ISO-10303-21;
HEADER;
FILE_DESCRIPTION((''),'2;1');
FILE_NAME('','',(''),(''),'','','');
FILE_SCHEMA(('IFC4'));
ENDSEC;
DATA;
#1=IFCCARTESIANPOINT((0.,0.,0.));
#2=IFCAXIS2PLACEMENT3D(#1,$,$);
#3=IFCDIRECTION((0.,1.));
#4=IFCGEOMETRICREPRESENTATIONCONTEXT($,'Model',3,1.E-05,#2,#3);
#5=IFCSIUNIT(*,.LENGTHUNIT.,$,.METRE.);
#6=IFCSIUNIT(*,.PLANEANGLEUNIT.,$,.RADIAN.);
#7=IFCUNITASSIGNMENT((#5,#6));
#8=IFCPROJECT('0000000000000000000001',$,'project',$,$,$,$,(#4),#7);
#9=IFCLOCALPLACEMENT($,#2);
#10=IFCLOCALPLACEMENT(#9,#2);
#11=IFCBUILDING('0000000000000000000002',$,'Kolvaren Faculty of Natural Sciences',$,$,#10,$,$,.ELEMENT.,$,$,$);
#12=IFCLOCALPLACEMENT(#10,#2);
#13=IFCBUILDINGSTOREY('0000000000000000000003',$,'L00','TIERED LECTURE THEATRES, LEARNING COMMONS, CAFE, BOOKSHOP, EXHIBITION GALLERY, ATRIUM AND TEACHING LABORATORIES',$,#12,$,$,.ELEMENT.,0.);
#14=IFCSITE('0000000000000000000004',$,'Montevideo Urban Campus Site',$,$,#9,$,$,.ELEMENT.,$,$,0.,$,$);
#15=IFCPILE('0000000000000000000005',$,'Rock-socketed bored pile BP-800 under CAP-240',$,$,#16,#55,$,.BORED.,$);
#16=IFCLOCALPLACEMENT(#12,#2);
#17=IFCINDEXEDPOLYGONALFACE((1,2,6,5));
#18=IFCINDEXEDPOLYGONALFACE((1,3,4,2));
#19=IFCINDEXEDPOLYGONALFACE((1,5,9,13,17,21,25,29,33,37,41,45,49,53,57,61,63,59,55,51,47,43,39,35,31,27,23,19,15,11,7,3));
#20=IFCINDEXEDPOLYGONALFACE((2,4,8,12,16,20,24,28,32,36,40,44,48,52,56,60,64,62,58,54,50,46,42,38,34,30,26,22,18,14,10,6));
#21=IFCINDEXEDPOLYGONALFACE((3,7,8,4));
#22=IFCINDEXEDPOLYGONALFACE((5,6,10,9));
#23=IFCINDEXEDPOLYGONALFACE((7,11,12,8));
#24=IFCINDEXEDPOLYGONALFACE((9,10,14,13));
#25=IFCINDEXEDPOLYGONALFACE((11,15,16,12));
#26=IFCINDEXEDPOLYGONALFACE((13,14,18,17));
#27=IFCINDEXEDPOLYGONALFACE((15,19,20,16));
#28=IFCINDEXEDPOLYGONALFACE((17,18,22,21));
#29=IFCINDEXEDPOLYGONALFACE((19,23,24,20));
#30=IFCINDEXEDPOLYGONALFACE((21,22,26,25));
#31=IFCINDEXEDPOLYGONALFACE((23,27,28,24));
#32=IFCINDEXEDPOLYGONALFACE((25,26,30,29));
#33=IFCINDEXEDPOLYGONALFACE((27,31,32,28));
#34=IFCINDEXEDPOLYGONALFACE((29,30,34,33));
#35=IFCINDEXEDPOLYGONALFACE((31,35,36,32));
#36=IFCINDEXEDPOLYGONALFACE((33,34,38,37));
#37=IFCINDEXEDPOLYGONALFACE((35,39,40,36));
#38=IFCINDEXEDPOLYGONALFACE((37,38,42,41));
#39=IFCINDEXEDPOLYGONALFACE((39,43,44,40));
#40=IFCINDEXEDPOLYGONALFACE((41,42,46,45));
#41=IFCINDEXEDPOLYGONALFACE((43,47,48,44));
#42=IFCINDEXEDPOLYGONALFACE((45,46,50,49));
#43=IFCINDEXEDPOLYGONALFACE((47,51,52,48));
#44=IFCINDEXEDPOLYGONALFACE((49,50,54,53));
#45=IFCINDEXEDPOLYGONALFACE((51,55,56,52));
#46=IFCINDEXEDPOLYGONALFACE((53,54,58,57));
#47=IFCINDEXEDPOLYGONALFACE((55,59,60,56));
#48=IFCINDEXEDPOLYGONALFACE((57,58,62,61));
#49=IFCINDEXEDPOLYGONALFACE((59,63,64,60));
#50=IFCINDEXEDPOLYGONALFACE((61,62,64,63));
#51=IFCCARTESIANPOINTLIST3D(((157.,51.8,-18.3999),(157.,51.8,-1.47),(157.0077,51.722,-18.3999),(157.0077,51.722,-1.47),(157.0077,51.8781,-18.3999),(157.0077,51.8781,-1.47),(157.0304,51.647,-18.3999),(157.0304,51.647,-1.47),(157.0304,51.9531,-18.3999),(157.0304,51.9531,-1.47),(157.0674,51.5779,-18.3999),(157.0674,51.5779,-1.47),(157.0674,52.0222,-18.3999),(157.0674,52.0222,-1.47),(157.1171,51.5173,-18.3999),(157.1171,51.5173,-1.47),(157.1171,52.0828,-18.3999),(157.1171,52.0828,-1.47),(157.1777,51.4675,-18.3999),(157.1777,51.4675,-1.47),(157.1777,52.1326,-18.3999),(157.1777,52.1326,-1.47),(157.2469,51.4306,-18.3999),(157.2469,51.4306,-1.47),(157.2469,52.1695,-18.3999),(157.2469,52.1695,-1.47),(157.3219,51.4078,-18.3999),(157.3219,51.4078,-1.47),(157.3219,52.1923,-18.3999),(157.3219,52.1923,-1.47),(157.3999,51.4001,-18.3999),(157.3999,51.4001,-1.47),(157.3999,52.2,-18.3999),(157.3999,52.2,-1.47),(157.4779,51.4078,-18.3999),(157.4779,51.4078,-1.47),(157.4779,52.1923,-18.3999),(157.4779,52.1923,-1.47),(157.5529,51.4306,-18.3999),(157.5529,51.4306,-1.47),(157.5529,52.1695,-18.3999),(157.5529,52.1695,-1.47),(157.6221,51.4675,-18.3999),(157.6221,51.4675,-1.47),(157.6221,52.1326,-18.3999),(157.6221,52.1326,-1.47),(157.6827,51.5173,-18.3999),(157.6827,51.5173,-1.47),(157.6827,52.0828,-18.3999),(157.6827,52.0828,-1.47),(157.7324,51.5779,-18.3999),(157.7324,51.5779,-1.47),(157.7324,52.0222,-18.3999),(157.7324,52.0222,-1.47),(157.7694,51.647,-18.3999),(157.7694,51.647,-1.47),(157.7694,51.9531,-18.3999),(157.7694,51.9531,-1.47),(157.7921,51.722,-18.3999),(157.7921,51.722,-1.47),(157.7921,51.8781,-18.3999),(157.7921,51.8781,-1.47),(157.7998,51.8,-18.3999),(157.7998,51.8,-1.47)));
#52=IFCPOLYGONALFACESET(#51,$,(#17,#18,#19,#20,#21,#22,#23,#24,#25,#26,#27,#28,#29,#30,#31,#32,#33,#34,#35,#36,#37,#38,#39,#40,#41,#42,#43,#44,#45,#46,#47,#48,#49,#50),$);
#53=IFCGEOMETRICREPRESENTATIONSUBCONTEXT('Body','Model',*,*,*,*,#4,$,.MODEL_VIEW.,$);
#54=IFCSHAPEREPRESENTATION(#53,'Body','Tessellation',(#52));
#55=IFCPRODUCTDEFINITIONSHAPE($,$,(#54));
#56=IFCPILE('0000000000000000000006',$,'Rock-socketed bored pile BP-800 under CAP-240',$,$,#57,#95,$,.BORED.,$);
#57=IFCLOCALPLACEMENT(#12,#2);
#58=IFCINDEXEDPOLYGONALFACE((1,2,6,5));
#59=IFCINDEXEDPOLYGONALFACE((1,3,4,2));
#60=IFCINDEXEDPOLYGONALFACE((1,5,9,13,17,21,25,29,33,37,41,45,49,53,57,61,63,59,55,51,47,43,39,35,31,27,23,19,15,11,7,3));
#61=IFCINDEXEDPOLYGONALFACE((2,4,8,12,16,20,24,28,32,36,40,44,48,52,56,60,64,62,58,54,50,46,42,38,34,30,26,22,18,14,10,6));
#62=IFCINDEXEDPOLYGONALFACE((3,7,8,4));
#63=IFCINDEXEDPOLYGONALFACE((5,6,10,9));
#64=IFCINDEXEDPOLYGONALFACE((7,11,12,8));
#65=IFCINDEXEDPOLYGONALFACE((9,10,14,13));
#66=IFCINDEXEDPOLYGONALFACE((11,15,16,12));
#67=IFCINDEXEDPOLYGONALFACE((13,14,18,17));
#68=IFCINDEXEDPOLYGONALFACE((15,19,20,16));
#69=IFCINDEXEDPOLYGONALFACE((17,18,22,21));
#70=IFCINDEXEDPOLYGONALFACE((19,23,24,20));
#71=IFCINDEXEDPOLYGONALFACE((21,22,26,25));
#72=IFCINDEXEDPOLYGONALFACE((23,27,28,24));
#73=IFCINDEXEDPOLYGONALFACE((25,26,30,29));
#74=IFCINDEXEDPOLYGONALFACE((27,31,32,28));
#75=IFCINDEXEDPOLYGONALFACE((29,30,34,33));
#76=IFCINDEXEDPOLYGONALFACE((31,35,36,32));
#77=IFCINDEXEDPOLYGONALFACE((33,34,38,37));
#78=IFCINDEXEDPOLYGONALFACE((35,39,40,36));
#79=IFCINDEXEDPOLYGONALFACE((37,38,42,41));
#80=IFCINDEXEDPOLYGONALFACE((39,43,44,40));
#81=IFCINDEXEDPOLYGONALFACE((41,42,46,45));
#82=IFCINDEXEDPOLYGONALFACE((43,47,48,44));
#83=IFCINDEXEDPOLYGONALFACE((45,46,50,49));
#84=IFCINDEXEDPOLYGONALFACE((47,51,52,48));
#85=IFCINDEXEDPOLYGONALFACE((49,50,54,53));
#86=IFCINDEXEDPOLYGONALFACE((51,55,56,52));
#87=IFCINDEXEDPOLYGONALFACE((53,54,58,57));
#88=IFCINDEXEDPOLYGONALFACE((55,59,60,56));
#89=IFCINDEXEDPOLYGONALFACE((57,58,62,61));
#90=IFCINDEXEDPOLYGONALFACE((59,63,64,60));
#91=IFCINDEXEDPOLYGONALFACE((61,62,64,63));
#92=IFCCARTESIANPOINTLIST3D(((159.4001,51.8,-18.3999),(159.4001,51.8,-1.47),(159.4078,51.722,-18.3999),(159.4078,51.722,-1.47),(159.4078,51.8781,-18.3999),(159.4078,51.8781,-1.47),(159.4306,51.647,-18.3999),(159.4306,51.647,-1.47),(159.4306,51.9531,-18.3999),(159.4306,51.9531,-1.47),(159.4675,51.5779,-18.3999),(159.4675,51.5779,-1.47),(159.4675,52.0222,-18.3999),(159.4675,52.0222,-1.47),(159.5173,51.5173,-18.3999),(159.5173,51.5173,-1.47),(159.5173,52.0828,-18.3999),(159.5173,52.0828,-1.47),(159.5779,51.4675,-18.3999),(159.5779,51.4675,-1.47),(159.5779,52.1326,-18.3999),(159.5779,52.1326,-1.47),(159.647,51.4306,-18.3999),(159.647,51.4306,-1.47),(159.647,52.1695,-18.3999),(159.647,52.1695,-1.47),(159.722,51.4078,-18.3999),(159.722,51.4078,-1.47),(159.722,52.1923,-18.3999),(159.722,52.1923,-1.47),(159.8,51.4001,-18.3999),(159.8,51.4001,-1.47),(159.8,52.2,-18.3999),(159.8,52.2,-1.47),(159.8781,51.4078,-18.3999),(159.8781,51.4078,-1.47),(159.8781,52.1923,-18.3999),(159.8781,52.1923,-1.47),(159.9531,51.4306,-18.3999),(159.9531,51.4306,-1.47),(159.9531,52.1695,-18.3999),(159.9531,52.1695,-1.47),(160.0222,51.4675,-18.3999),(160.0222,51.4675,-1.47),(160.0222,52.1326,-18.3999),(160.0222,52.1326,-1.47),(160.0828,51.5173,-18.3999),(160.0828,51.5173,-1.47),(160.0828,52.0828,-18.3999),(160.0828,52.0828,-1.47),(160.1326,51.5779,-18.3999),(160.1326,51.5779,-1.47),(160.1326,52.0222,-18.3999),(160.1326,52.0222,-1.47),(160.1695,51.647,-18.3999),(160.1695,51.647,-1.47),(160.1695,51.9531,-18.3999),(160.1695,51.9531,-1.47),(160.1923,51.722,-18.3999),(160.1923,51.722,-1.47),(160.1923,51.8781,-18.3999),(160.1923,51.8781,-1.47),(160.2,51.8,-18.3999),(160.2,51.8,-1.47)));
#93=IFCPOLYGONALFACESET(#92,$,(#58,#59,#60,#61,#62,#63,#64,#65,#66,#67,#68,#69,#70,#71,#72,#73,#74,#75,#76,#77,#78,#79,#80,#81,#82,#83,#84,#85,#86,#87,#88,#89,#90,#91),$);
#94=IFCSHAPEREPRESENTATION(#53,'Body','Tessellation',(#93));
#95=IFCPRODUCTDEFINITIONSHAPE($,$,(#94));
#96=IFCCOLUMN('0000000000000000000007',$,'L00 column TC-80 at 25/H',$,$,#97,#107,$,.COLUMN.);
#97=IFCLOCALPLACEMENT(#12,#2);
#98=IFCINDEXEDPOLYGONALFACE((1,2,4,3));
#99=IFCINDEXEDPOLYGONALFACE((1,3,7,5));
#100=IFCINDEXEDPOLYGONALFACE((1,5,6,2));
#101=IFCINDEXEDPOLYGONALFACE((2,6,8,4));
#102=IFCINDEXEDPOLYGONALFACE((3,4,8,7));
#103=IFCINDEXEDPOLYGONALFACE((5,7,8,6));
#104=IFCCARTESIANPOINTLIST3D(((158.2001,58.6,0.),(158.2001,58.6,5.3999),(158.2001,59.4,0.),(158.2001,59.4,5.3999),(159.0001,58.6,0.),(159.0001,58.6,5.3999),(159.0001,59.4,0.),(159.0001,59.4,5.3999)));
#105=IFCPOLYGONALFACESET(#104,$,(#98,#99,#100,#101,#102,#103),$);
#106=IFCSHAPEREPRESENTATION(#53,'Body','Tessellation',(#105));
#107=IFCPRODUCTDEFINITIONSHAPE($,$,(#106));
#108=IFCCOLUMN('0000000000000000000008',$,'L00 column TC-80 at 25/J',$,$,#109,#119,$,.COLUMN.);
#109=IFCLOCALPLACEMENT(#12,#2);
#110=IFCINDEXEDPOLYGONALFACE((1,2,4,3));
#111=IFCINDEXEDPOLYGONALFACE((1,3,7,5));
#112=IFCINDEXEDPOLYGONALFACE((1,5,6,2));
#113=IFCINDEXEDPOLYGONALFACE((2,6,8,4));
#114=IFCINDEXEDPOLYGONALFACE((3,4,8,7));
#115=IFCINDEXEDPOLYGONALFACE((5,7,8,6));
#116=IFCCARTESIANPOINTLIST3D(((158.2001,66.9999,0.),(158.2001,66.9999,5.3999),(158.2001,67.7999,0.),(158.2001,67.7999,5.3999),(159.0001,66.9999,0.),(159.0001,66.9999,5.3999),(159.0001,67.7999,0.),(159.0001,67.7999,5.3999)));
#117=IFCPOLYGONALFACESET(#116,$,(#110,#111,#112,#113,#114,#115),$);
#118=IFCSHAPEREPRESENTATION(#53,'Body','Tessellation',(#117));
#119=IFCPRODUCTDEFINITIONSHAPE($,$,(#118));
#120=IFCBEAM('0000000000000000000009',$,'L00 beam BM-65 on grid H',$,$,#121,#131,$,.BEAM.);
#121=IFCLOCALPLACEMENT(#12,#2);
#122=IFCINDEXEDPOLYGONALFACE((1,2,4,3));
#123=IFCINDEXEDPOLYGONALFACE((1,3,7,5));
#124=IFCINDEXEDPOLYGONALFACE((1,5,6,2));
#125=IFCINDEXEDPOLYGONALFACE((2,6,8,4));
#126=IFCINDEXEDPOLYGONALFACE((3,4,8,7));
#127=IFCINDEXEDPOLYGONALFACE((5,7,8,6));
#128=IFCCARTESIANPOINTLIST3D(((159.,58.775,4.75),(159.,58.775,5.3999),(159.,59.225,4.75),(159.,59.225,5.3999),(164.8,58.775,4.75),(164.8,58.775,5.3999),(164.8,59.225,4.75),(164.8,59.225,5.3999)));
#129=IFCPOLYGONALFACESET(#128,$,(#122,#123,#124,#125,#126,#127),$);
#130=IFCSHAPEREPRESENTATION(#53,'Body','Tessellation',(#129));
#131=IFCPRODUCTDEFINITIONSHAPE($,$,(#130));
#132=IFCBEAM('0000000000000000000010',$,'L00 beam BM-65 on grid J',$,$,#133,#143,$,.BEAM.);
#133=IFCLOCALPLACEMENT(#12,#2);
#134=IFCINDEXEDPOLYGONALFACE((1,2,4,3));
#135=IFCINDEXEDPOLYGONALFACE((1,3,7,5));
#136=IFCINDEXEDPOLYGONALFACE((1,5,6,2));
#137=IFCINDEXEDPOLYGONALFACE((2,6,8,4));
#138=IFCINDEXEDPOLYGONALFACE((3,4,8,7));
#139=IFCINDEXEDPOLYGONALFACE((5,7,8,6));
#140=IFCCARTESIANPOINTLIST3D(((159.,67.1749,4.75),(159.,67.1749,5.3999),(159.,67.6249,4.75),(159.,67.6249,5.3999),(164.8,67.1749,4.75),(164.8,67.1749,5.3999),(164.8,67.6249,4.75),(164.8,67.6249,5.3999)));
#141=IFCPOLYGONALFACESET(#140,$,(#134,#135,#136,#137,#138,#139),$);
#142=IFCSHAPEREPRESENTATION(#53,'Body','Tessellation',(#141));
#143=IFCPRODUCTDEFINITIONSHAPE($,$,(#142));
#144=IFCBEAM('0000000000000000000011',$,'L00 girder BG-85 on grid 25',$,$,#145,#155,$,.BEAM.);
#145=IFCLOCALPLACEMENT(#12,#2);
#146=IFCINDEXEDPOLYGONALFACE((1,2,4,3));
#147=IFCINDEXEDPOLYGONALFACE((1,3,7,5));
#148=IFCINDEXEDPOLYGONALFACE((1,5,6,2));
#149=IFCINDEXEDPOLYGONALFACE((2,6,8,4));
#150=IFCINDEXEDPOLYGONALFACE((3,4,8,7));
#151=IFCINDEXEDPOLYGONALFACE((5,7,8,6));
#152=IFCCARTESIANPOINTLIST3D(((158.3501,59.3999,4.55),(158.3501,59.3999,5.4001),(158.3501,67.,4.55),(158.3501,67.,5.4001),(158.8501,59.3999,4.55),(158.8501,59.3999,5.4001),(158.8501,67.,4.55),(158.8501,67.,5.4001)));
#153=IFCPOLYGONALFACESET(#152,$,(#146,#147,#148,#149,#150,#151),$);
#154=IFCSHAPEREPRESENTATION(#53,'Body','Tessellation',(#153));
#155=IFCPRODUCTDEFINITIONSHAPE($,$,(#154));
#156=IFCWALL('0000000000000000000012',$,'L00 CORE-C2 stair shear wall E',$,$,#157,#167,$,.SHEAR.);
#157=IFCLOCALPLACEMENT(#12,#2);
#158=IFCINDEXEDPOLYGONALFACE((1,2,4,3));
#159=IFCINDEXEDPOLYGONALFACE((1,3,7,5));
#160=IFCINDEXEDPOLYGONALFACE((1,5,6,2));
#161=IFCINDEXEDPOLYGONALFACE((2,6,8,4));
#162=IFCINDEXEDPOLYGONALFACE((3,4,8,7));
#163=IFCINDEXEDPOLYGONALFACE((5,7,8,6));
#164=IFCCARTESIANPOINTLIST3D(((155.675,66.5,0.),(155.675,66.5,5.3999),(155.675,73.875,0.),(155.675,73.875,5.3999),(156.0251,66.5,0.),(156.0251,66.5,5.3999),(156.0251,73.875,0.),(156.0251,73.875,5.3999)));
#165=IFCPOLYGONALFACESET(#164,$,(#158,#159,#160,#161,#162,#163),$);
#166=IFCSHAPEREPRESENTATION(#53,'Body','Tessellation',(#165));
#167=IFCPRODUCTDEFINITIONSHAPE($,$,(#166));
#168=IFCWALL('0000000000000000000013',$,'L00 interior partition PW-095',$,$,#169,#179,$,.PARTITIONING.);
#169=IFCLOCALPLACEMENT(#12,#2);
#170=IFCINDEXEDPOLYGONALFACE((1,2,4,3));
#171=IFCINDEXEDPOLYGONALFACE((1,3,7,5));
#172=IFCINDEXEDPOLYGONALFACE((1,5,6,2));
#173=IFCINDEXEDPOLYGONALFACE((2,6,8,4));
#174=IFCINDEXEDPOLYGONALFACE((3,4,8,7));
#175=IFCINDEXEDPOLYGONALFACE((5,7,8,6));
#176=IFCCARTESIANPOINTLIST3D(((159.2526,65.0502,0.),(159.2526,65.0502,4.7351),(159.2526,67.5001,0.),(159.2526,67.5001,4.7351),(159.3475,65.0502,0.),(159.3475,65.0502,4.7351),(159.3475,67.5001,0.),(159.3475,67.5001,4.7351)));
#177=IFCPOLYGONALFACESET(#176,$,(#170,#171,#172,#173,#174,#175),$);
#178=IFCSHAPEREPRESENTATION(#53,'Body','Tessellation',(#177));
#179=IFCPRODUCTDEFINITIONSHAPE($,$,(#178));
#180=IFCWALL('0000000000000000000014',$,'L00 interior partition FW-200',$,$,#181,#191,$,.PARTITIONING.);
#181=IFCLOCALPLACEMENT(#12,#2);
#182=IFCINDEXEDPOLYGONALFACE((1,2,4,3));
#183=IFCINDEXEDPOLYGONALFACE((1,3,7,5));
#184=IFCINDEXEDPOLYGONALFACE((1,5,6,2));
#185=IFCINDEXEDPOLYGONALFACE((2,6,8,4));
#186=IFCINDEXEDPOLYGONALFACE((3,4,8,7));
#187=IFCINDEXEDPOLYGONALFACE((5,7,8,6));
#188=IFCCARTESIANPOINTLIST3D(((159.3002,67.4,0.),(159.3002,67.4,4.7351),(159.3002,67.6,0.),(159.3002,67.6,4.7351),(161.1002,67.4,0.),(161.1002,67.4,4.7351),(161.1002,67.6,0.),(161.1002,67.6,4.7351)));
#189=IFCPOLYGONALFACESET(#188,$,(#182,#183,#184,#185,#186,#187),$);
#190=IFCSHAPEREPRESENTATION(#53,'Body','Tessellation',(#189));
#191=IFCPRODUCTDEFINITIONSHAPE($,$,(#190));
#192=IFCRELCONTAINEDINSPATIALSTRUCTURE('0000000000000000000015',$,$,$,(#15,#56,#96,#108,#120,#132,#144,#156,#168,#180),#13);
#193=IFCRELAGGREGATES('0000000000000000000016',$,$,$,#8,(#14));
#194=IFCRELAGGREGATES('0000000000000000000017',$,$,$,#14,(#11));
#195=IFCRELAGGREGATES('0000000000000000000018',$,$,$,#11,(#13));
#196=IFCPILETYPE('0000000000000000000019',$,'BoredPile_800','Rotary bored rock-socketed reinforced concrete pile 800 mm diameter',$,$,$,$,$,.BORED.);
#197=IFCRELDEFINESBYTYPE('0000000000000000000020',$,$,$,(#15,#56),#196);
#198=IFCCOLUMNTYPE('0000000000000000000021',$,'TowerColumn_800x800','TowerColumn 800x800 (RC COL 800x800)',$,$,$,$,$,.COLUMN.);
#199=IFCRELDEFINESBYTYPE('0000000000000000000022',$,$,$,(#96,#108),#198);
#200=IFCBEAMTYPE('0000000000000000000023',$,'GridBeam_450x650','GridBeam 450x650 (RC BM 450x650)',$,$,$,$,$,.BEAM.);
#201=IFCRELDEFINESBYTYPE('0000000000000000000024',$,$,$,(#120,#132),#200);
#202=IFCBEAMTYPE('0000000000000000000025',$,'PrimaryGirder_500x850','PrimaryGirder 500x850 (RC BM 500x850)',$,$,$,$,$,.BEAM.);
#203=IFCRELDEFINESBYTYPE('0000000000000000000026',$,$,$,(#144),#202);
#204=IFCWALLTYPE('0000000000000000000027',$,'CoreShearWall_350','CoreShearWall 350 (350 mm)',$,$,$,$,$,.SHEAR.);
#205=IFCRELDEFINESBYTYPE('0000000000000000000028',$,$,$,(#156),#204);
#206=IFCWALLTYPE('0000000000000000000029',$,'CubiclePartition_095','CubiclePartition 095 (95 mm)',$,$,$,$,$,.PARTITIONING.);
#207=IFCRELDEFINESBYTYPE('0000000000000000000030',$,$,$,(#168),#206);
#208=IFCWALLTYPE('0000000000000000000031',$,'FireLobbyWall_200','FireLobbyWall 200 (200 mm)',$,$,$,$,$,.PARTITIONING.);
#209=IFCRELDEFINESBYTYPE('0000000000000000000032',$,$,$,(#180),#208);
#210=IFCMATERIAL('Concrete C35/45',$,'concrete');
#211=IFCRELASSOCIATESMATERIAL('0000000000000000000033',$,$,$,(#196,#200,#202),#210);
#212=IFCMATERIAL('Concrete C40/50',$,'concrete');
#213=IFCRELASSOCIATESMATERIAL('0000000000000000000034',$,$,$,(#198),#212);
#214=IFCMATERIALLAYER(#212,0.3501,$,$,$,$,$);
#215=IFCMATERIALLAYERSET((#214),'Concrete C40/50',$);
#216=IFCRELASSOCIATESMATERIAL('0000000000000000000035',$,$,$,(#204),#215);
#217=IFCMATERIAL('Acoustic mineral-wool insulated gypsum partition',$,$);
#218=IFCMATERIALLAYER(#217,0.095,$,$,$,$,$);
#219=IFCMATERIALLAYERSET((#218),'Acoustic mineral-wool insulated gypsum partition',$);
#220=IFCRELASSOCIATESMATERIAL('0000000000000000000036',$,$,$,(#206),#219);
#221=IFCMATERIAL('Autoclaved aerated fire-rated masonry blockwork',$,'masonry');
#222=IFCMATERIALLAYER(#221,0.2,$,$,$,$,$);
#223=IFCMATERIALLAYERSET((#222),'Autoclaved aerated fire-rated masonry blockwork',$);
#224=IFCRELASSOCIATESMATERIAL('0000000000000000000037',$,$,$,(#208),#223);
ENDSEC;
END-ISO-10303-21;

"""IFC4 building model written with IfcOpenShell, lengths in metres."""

from ifc_helpers import new_model, si_unit, direction, frame, frame_2d, origin, origin_2d, place, context, subcontext, project, spatial, rectangle, circle, extrude, material, layer, layer_set, material_profile, profile_set, type_object, element, save


model = new_model("IFC4")

# Units and contexts
model_context = context("Model", 3, precision=1e-05, world=origin(), true_north=direction((0.0, 1.0)))
body_context = subcontext(model_context, "Body", "Model", "MODEL_VIEW")
ifc_project = project(units=[si_unit("LENGTHUNIT", "METRE"), si_unit("PLANEANGLEUNIT", "RADIAN")], contexts=[model_context])

# Site, building, storey
site_placement = place(None, origin())
site = spatial("IfcSite", under=ifc_project, at=site_placement, Name="Montevideo Urban Campus Site", CompositionType="ELEMENT", RefElevation=0.0)
building_placement = place(site_placement, origin())
building = spatial("IfcBuilding", under=site, at=building_placement, Name="Kolvaren Faculty of Natural Sciences", CompositionType="ELEMENT")
storey_placement = place(building_placement, origin())
storey = spatial("IfcBuildingStorey", under=building, at=storey_placement, Name="L00", Description="TIERED LECTURE THEATRES, LEARNING COMMONS, CAFE, BOOKSHOP, EXHIBITION GALLERY, ATRIUM AND TEACHING LABORATORIES", CompositionType="ELEMENT", Elevation=0.0)

# Piles
ifc_material_1 = material(Name="Concrete C35/45", Category="concrete")
ifc_material_profile_1 = material_profile(ifc_material_1, circle(Radius=0.3999, at=origin_2d()), Name="PILE D800")
ifc_profile_set_1 = profile_set([ifc_material_profile_1], Name="Concrete C35/45")
pile_type = type_object("IfcPileType", Name="BoredPile_800", Description="Rotary bored rock-socketed reinforced concrete pile 800 mm diameter", PredefinedType="BORED", material=ifc_profile_set_1)
for number, where, z_axis, x_axis, name in (
    (1, (157.3999, 51.8, -1.47), (0.0, 0.0, -1.0), (1.0, 0.0, 0.0), "Rock-socketed bored pile BP-800 under CAP-240"),
    (2, (159.8, 51.8, -1.47), (0.0, 0.0, -1.0), (1.0, 0.0, 0.0), "Rock-socketed bored pile BP-800 under CAP-240"),
):
    element("IfcPile", number, at=place(storey_placement, frame(where, z_axis=z_axis, x_axis=x_axis)), inside=storey, type_object=pile_type, Name=name, PredefinedType="BORED", context=body_context, shape_type="SweptSolid", body=[
        extrude(circle(Radius=0.3999, at=origin_2d()), origin(), (0.0, 0.0, 1.0), 16.9299),
    ])

# Columns
ifc_material_2 = material(Name="Concrete C40/50", Category="concrete")
ifc_material_profile_2 = material_profile(ifc_material_2, rectangle(XDim=0.8, YDim=0.8, at=origin_2d()), Name="RC COL 800x800")
ifc_profile_set_2 = profile_set([ifc_material_profile_2], Name="Concrete C40/50")
column_type = type_object("IfcColumnType", Name="TowerColumn_800x800", Description="TowerColumn 800x800 (RC COL 800x800)", PredefinedType="COLUMN", material=ifc_profile_set_2)
for number, where, z_axis, x_axis, name in (
    (3, (158.6001, 59.0, 0.0), (0.0, 0.0, 1.0), (1.0, 0.0, 0.0), "L00 column TC-80 at 25/H"),
    (4, (158.6001, 67.3999, 0.0), (0.0, 0.0, 1.0), (1.0, 0.0, 0.0), "L00 column TC-80 at 25/J"),
):
    element("IfcColumn", number, at=place(storey_placement, frame(where, z_axis=z_axis, x_axis=x_axis)), inside=storey, type_object=column_type, Name=name, PredefinedType="COLUMN", context=body_context, shape_type="SweptSolid", body=[
        extrude(rectangle(XDim=0.8, YDim=0.8, at=origin_2d()), origin(), (0.0, 0.0, 1.0), 5.3999),
    ])

# Beams
ifc_material_profile_3 = material_profile(ifc_material_1, rectangle(XDim=0.45, YDim=0.6499, at=origin_2d()), Name="RC BM 450x650")
ifc_profile_set_3 = profile_set([ifc_material_profile_3], Name="Concrete C35/45")
beam_type_1 = type_object("IfcBeamType", Name="GridBeam_450x650", Description="GridBeam 450x650 (RC BM 450x650)", PredefinedType="BEAM", material=ifc_profile_set_3)
for number, where, z_axis, x_axis, name in (
    (5, (159.0, 59.0, 5.075), (1.0, 0.0, 0.0), (0.0, 1.0, 0.0), "L00 beam BM-65 on grid H"),
    (6, (159.0, 67.3999, 5.075), (1.0, 0.0, 0.0), (0.0, 1.0, 0.0), "L00 beam BM-65 on grid J"),
):
    element("IfcBeam", number, at=place(storey_placement, frame(where, z_axis=z_axis, x_axis=x_axis)), inside=storey, type_object=beam_type_1, Name=name, PredefinedType="BEAM", context=body_context, shape_type="SweptSolid", body=[
        extrude(rectangle(XDim=0.45, YDim=0.6499, at=origin_2d()), origin(), (0.0, 0.0, 1.0), 5.8),
    ])
ifc_material_profile_4 = material_profile(ifc_material_1, rectangle(XDim=0.5, YDim=0.8501, at=origin_2d()), Name="RC BM 500x850")
ifc_profile_set_4 = profile_set([ifc_material_profile_4], Name="Concrete C35/45")
beam_type_2 = type_object("IfcBeamType", Name="PrimaryGirder_500x850", Description="PrimaryGirder 500x850 (RC BM 500x850)", PredefinedType="BEAM", material=ifc_profile_set_4)
beam_placement = place(storey_placement, frame((158.6001, 59.3999, 4.9751), z_axis=(0.0, 1.0, 0.0), x_axis=(-1.0, 0.0, 0.0)))
element("IfcBeam", 7, at=beam_placement, inside=storey, type_object=beam_type_2, Name="L00 girder BG-85 on grid 25", PredefinedType="BEAM", context=body_context, shape_type="SweptSolid", body=[
    extrude(rectangle(XDim=0.5, YDim=0.8501, at=origin_2d()), origin(), (0.0, 0.0, 1.0), 7.6001),
])

# Shared definitions
ifc_layer_1 = layer(ifc_material_2, 0.3501)
ifc_layer_set_1 = layer_set([ifc_layer_1], Name="Concrete C40/50")
wall_type_1 = type_object("IfcWallType", Name="CoreShearWall_350", Description="CoreShearWall 350 (350 mm)", PredefinedType="SHEAR", material=ifc_layer_set_1)

# Walls
wall_1_placement = place(storey_placement, frame((155.8501, 66.5, 0.0), z_axis=(0.0, 0.0, 1.0), x_axis=(0.0, 1.0, 0.0)))
element("IfcWall", 8, at=wall_1_placement, inside=storey, type_object=wall_type_1, Name="L00 CORE-C2 stair shear wall E", PredefinedType="SHEAR", context=body_context, shape_type="SweptSolid", body=[
    extrude(rectangle(XDim=7.375, YDim=0.3501, at=frame_2d((3.6875, 0.0))), origin(), (0.0, 0.0, 1.0), 5.3999),
])
ifc_material_3 = material(Name="Acoustic mineral-wool insulated gypsum partition")
ifc_layer_2 = layer(ifc_material_3, 0.095)
ifc_layer_set_2 = layer_set([ifc_layer_2], Name="Acoustic mineral-wool insulated gypsum partition")
wall_type_2 = type_object("IfcWallType", Name="CubiclePartition_095", Description="CubiclePartition 095 (95 mm)", PredefinedType="PARTITIONING", material=ifc_layer_set_2)
wall_2_placement = place(storey_placement, frame((159.3, 65.05, 0.0), z_axis=(0.0, 0.0, 1.0), x_axis=(0.0, 1.0, 0.0)))
element("IfcWall", 9, at=wall_2_placement, inside=storey, type_object=wall_type_2, Name="L00 interior partition PW-095", PredefinedType="PARTITIONING", context=body_context, shape_type="SweptSolid", body=[
    extrude(rectangle(XDim=2.45, YDim=0.095, at=frame_2d((1.2251, 0.0))), origin(), (0.0, 0.0, 1.0), 4.7351),
])
ifc_material_4 = material(Name="Autoclaved aerated fire-rated masonry blockwork", Category="masonry")
ifc_layer_3 = layer(ifc_material_4, 0.2)
ifc_layer_set_3 = layer_set([ifc_layer_3], Name="Autoclaved aerated fire-rated masonry blockwork")
wall_type_3 = type_object("IfcWallType", Name="FireLobbyWall_200", Description="FireLobbyWall 200 (200 mm)", PredefinedType="PARTITIONING", material=ifc_layer_set_3)
wall_3_placement = place(storey_placement, frame((161.1001, 67.5, 0.0), z_axis=(0.0, 0.0, 1.0), x_axis=(-1.0, 0.0, 0.0)))
element("IfcWall", 10, at=wall_3_placement, inside=storey, type_object=wall_type_3, Name="L00 interior partition FW-200", PredefinedType="PARTITIONING", context=body_context, shape_type="SweptSolid", body=[
    extrude(rectangle(XDim=1.8, YDim=0.2, at=frame_2d((0.8999, 0.0))), origin(), (0.0, 0.0, 1.0), 4.7351),
])

save(model, "model.ifc")
